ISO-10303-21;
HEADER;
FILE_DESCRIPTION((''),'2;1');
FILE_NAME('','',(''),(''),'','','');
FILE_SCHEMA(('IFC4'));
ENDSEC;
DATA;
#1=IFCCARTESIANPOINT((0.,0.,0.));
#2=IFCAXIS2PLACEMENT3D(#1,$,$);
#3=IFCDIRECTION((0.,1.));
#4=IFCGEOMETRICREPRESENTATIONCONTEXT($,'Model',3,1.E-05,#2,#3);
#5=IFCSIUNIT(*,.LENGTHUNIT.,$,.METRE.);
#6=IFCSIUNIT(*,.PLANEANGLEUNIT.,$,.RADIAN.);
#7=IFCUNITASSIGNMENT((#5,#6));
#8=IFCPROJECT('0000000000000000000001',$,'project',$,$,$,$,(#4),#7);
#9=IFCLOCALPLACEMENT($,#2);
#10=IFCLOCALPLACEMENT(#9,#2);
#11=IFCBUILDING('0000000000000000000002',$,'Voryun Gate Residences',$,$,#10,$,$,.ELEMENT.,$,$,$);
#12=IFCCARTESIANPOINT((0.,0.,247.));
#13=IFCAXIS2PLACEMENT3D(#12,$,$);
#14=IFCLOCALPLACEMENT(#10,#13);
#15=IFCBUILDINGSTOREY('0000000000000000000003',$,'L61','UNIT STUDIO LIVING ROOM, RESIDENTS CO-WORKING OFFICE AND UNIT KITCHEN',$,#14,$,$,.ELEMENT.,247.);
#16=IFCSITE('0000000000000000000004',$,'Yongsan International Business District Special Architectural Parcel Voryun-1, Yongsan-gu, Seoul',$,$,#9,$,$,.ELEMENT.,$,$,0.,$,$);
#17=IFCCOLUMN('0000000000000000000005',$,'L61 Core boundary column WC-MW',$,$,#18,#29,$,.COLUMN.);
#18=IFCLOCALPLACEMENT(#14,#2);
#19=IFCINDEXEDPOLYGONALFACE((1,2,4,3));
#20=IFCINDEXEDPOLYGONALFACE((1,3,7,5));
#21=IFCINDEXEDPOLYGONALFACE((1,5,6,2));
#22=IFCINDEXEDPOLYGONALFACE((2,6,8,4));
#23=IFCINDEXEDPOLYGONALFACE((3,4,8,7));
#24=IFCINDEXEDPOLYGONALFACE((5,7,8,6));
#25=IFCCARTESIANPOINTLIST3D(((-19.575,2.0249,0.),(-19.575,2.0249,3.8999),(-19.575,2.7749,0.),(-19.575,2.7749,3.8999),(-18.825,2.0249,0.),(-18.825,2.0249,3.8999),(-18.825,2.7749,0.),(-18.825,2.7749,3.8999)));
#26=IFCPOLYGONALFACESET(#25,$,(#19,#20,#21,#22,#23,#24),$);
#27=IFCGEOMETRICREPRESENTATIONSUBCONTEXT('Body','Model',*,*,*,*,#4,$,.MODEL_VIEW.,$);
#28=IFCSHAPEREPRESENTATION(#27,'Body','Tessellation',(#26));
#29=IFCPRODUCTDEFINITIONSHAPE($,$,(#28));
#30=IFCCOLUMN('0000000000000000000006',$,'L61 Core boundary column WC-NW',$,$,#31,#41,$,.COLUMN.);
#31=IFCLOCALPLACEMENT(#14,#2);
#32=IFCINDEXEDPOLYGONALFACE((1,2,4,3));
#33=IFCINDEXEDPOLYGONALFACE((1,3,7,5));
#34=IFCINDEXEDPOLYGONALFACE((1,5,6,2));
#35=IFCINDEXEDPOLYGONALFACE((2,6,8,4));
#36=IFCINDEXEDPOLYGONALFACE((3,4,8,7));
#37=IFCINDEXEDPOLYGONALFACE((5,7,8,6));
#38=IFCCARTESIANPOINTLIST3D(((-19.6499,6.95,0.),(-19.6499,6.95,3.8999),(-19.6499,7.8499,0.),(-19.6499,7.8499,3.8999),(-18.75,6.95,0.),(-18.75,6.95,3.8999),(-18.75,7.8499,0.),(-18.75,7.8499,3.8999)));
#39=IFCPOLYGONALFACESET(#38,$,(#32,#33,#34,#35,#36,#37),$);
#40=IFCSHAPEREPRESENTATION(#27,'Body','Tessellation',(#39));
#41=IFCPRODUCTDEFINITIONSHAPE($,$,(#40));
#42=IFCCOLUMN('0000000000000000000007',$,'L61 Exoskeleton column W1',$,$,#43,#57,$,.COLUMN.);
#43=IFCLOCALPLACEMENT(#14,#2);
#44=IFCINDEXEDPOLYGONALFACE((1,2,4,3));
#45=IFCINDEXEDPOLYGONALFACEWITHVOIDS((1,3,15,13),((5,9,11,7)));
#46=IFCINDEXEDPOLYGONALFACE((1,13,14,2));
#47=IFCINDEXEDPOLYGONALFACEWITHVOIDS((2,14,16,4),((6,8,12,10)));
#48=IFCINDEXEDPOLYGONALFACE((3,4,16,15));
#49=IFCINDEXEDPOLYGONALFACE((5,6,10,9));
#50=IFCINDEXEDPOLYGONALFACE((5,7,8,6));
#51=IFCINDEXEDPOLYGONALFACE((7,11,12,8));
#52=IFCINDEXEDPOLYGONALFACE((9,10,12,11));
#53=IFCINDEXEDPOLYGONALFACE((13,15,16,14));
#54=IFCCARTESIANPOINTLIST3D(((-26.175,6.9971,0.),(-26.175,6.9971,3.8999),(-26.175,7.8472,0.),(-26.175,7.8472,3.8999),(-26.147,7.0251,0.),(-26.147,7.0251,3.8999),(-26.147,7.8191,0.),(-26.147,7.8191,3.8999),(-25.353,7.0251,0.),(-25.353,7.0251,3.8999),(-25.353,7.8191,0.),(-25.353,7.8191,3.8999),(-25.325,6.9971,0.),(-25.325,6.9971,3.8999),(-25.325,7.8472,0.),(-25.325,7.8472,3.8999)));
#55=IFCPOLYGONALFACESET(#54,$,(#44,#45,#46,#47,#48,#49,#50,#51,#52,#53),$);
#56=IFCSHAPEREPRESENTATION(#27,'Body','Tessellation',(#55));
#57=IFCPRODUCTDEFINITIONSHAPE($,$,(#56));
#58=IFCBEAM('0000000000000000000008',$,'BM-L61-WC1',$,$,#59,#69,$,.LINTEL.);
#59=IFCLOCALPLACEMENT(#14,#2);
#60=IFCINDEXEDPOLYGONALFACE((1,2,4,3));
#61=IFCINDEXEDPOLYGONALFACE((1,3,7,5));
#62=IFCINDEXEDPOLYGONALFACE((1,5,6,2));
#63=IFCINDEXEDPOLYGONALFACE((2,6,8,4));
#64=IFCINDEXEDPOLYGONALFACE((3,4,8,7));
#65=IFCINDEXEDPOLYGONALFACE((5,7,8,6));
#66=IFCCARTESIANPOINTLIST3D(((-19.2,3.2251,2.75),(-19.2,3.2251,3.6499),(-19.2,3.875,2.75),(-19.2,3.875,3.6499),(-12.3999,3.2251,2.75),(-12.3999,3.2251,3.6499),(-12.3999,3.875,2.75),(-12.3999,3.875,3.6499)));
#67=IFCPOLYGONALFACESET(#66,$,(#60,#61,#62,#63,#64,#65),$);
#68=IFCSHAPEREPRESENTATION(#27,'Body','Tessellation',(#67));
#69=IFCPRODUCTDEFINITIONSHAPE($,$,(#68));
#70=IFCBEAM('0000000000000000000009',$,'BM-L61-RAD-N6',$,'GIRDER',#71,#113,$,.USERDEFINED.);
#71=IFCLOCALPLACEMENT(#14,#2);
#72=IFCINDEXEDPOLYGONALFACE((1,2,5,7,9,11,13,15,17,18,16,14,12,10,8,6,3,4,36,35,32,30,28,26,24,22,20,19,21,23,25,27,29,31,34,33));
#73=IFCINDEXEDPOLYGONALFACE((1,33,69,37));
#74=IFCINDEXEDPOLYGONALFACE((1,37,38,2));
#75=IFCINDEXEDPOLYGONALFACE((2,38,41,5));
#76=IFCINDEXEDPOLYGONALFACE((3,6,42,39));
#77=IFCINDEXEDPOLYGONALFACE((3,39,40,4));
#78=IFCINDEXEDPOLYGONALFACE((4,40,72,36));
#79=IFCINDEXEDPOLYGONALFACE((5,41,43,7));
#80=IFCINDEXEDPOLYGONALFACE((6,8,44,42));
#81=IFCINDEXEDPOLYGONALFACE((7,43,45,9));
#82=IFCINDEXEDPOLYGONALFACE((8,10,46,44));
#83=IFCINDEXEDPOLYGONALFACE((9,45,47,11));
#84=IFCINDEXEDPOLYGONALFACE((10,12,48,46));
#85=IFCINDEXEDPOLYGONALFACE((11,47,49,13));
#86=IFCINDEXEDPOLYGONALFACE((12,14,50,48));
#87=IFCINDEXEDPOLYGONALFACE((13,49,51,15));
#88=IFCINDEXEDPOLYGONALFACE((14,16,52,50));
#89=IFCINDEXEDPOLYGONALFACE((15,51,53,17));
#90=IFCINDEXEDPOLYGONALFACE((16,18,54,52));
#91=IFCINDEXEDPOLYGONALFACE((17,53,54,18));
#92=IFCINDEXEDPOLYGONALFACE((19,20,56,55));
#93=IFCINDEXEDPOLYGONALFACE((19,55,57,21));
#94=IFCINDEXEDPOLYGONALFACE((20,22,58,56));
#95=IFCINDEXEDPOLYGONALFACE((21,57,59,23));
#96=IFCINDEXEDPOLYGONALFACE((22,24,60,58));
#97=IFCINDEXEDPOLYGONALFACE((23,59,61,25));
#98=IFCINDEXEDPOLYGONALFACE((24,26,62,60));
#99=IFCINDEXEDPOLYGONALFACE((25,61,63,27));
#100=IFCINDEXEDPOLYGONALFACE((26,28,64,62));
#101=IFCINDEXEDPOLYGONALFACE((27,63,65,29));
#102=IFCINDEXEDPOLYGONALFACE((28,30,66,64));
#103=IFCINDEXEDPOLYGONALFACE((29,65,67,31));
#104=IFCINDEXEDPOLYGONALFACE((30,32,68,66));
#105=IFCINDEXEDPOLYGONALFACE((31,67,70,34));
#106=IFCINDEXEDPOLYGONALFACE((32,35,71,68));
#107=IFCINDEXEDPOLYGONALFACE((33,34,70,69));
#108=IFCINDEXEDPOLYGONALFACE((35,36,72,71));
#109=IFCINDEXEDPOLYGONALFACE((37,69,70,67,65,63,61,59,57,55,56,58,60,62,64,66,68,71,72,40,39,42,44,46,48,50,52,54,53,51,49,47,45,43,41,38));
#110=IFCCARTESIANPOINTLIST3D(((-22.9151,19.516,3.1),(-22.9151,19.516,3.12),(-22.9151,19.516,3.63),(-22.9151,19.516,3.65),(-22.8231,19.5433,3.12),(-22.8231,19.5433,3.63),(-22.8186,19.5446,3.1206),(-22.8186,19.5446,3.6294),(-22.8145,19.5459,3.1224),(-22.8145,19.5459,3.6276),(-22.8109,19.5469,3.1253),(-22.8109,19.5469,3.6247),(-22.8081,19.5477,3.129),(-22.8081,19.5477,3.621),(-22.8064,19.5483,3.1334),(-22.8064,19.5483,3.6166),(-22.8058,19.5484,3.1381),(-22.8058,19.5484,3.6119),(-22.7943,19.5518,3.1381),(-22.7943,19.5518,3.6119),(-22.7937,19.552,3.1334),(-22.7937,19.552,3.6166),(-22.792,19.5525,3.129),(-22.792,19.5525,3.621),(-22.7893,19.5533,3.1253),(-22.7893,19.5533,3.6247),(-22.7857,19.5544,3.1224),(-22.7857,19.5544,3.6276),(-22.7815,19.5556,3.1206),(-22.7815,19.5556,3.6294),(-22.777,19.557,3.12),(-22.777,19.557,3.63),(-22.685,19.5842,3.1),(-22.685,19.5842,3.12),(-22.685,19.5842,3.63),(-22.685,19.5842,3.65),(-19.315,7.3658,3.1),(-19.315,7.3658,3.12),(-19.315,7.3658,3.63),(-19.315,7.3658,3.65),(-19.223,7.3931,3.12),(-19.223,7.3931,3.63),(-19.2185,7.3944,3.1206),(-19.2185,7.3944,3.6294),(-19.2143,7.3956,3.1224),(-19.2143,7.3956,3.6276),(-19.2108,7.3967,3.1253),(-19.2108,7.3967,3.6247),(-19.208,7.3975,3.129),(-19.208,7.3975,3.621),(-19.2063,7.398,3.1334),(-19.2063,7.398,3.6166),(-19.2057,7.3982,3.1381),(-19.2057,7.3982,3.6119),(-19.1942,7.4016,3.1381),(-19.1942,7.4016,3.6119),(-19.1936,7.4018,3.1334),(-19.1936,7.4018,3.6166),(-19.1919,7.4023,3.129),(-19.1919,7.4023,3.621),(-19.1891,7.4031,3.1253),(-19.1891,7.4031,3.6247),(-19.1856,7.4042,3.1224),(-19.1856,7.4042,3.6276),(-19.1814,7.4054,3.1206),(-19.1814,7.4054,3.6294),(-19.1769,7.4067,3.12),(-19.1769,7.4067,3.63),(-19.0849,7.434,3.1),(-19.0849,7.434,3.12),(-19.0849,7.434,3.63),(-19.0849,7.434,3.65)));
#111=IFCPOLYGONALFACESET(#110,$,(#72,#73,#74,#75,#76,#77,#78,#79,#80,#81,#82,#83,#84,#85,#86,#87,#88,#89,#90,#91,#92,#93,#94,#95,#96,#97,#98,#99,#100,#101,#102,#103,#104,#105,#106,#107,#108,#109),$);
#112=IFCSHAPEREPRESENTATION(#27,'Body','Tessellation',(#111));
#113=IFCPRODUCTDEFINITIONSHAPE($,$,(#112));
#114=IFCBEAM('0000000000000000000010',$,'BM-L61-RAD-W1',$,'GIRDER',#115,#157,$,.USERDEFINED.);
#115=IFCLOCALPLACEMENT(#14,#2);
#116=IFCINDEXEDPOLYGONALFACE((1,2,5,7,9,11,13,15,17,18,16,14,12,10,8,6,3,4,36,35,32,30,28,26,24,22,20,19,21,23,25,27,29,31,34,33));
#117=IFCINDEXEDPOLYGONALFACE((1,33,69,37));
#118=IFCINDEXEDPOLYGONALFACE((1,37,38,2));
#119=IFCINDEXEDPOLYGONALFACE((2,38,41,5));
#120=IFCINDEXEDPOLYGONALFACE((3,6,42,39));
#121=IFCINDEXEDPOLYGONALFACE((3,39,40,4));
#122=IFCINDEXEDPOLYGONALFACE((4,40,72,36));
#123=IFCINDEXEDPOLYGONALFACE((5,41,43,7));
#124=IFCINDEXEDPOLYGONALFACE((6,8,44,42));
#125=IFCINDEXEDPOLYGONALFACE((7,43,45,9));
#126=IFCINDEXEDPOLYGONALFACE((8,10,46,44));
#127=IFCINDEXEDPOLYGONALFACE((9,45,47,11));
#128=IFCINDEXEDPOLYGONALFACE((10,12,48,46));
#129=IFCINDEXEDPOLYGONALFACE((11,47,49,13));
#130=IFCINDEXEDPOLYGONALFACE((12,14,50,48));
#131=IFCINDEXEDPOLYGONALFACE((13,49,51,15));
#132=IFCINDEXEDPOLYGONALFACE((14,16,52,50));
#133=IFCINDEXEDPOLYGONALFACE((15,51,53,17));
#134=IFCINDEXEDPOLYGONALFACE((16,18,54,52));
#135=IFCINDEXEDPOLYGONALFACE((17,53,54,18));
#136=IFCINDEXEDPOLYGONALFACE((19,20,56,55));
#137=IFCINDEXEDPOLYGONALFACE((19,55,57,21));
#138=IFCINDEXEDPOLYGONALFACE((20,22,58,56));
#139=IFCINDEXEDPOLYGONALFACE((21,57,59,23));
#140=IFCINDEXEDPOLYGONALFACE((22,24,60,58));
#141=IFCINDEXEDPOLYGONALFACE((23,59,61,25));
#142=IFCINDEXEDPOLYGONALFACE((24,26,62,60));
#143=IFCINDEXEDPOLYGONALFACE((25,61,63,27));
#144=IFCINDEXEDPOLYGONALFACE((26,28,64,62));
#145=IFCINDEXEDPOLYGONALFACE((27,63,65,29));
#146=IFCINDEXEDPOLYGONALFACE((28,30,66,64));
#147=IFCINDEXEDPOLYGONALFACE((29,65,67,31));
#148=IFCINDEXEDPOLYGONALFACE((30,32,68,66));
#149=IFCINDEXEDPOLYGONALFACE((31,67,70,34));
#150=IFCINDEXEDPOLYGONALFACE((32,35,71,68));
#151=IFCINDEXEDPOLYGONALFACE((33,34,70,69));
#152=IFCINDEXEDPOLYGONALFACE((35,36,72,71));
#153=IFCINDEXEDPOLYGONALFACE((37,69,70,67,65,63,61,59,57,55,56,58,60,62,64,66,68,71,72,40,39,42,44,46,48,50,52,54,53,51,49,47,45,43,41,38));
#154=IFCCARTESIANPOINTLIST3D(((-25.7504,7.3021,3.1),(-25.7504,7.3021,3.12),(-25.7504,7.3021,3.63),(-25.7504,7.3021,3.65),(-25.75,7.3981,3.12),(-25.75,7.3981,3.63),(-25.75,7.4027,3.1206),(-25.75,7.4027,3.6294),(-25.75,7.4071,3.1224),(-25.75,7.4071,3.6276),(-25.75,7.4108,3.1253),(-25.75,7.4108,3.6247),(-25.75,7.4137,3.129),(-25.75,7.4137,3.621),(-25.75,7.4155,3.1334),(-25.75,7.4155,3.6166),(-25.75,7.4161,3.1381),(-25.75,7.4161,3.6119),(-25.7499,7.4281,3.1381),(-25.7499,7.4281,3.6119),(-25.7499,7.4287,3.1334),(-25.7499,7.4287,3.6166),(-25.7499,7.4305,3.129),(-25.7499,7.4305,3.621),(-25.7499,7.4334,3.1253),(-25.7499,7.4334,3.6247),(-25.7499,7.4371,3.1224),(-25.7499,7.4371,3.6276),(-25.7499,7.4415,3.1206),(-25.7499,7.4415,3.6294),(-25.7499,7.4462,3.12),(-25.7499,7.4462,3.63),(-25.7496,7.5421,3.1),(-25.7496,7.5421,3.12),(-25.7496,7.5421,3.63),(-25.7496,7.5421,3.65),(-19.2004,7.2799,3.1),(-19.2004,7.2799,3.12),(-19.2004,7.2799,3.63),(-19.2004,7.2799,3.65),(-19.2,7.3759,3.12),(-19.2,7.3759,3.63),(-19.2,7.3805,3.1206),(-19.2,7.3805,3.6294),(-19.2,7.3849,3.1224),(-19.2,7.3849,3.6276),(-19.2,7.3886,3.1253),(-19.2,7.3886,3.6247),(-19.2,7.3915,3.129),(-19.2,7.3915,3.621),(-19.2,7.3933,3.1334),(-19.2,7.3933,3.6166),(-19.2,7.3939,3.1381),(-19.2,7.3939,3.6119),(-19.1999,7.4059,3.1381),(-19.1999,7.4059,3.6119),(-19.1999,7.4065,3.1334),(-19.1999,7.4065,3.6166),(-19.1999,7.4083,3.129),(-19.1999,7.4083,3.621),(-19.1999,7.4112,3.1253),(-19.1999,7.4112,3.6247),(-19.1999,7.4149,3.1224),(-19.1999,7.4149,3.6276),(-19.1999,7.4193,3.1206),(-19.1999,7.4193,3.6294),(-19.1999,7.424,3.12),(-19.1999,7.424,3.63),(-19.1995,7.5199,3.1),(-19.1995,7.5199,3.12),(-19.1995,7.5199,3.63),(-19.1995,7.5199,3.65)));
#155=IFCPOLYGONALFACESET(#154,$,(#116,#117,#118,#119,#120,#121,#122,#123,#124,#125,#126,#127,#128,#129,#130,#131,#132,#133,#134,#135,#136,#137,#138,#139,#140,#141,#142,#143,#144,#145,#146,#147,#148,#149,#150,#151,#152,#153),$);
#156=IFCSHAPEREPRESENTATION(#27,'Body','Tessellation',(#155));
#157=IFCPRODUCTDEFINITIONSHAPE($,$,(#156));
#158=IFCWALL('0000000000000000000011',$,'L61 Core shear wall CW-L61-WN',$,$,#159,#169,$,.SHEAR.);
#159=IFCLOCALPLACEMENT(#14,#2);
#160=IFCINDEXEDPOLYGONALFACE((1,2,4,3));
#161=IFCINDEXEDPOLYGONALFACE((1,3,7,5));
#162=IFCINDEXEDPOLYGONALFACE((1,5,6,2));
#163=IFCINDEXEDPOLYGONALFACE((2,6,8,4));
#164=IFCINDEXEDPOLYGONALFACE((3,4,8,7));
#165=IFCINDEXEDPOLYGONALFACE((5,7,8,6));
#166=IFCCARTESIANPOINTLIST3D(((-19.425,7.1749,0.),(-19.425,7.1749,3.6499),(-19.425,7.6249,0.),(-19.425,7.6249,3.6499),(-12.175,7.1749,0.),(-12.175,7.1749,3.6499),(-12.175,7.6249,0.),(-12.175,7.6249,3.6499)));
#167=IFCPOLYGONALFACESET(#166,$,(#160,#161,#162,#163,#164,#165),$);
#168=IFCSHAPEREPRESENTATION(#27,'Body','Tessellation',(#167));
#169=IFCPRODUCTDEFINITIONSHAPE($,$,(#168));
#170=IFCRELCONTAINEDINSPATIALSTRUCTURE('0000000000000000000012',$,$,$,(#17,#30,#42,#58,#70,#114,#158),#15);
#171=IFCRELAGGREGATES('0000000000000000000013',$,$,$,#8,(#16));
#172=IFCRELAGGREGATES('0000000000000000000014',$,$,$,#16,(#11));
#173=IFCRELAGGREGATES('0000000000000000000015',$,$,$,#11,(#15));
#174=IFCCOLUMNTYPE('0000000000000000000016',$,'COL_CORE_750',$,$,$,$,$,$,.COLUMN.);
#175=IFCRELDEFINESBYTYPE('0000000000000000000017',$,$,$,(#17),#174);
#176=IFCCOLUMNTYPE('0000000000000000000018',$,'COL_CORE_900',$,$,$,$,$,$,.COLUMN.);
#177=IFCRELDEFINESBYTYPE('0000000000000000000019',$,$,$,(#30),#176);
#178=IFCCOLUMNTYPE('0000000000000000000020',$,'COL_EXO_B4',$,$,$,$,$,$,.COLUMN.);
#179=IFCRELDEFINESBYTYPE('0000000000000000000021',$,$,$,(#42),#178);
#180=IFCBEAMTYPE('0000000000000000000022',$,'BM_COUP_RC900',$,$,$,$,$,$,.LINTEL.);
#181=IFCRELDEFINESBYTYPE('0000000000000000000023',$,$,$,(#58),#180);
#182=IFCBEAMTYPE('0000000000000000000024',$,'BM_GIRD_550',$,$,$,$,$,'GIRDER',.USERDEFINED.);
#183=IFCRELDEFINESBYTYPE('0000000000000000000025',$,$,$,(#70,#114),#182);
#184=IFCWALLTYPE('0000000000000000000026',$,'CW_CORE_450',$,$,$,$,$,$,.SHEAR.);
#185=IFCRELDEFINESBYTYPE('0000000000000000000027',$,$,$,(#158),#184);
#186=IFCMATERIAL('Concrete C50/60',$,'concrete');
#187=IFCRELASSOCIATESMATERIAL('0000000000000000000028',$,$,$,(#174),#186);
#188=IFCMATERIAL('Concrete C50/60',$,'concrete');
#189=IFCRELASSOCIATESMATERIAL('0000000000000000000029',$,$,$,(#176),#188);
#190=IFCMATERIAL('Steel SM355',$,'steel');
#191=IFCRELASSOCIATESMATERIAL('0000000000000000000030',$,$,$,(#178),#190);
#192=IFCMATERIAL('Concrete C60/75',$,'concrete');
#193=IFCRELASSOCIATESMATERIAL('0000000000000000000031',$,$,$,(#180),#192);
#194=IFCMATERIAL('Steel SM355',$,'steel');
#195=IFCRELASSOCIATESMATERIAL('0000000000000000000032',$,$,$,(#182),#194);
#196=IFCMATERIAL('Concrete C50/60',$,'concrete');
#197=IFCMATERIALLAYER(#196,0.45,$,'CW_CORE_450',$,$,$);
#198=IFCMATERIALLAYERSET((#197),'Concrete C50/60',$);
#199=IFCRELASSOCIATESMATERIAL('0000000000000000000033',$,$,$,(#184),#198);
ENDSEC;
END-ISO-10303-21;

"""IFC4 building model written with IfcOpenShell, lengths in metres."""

from ifc_helpers import new_model, si_unit, direction, frame, frame_2d, origin, origin_2d, place, context, subcontext, project, spatial, rectangle, hollow_rectangle, i_section, extrude, material, layer, layer_set, material_profile, profile_set, type_object, element, save


model = new_model("IFC4")

# Units and contexts
model_context = context("Model", 3, precision=1e-05, world=origin(), true_north=direction((0.0, 1.0)))
body_context = subcontext(model_context, "Body", "Model", "MODEL_VIEW")
ifc_project = project(units=[si_unit("LENGTHUNIT", "METRE"), si_unit("PLANEANGLEUNIT", "RADIAN")], contexts=[model_context])

# Site, building, storey
site_placement = place(None, origin())
site = spatial("IfcSite", under=ifc_project, at=site_placement, Name="Yongsan International Business District Special Architectural Parcel Voryun-1, Yongsan-gu, Seoul", CompositionType="ELEMENT", RefElevation=0.0)
building_placement = place(site_placement, origin())
building = spatial("IfcBuilding", under=site, at=building_placement, Name="Voryun Gate Residences", CompositionType="ELEMENT")
storey_placement = place(building_placement, frame((0.0, 0.0, 247.0)))
storey = spatial("IfcBuildingStorey", under=building, at=storey_placement, Name="L61", Description="UNIT STUDIO LIVING ROOM, RESIDENTS CO-WORKING OFFICE AND UNIT KITCHEN", CompositionType="ELEMENT", Elevation=247.0)

# Columns
ifc_material_1 = material(Name="Concrete C50/60", Category="concrete")
ifc_material_profile_1 = material_profile(ifc_material_1, rectangle(XDim=0.75, YDim=0.75, at=origin_2d()), Name="RC-750x750")
ifc_profile_set_1 = profile_set([ifc_material_profile_1], Name="Concrete C50/60")
column_type_1 = type_object("IfcColumnType", Name="COL_CORE_750", PredefinedType="COLUMN", material=ifc_profile_set_1)
column_1_placement = place(storey_placement, frame((-19.2, 2.3999, 0.0), z_axis=(0.0, 0.0, 1.0), x_axis=(1.0, 0.0, 0.0)))
element("IfcColumn", 1, at=column_1_placement, inside=storey, type_object=column_type_1, Name="L61 Core boundary column WC-MW", PredefinedType="COLUMN", context=body_context, shape_type="SweptSolid", body=[
    extrude(rectangle(XDim=0.75, YDim=0.75, at=origin_2d()), origin(), (0.0, 0.0, 1.0), 3.8999),
])
ifc_material_2 = material(Name="Concrete C50/60", Category="concrete")
ifc_material_profile_2 = material_profile(ifc_material_2, rectangle(XDim=0.8999, YDim=0.8999, at=origin_2d()), Name="RC-900x900")
ifc_profile_set_2 = profile_set([ifc_material_profile_2], Name="Concrete C50/60")
column_type_2 = type_object("IfcColumnType", Name="COL_CORE_900", PredefinedType="COLUMN", material=ifc_profile_set_2)
column_2_placement = place(storey_placement, frame((-19.2, 7.3999, 0.0), z_axis=(0.0, 0.0, 1.0), x_axis=(1.0, 0.0, 0.0)))
element("IfcColumn", 2, at=column_2_placement, inside=storey, type_object=column_type_2, Name="L61 Core boundary column WC-NW", PredefinedType="COLUMN", context=body_context, shape_type="SweptSolid", body=[
    extrude(rectangle(XDim=0.8999, YDim=0.8999, at=origin_2d()), origin(), (0.0, 0.0, 1.0), 3.8999),
])
ifc_material_3 = material(Name="Steel SM355", Category="steel")
ifc_material_profile_3 = material_profile(ifc_material_3, hollow_rectangle(XDim=0.8501, YDim=0.8501, WallThickness=0.0281, at=origin_2d()), Name="BOX-850x850x28")
ifc_profile_set_3 = profile_set([ifc_material_profile_3], Name="Steel SM355")
column_type_3 = type_object("IfcColumnType", Name="COL_EXO_B4", PredefinedType="COLUMN", material=ifc_profile_set_3)
column_3_placement = place(storey_placement, frame((-25.75, 7.4221, 0.0), z_axis=(0.0, 0.0, 1.0), x_axis=(1.0, 0.0, 0.0)))
element("IfcColumn", 3, at=column_3_placement, inside=storey, type_object=column_type_3, Name="L61 Exoskeleton column W1", PredefinedType="COLUMN", context=body_context, shape_type="SweptSolid", body=[
    extrude(hollow_rectangle(XDim=0.8501, YDim=0.8501, WallThickness=0.0281, at=origin_2d()), origin(), (0.0, 0.0, 1.0), 3.8999),
])

# Beams
ifc_material_4 = material(Name="Concrete C60/75", Category="concrete")
ifc_material_profile_4 = material_profile(ifc_material_4, rectangle(XDim=0.6499, YDim=0.8999, at=origin_2d()), Name="RC-650x900")
ifc_profile_set_4 = profile_set([ifc_material_profile_4], Name="Concrete C60/75")
beam_type_1 = type_object("IfcBeamType", Name="BM_COUP_RC900", PredefinedType="LINTEL", material=ifc_profile_set_4)
beam_1_placement = place(storey_placement, frame((-19.2, 3.55, 3.2), z_axis=(1.0, 0.0, 0.0), x_axis=(0.0, 1.0, 0.0)))
element("IfcBeam", 4, at=beam_1_placement, inside=storey, type_object=beam_type_1, Name="BM-L61-WC1", PredefinedType="LINTEL", context=body_context, shape_type="SweptSolid", body=[
    extrude(rectangle(XDim=0.6499, YDim=0.8999, at=origin_2d()), origin(), (0.0, 0.0, 1.0), 6.8),
])
ifc_material_5 = material(Name="Steel SM355", Category="steel")
ifc_material_profile_5 = material_profile(ifc_material_5, i_section(OverallWidth=0.24, OverallDepth=0.55, WebThickness=0.012, FlangeThickness=0.02, FilletRadius=0.0181, at=origin_2d()), Name="H-550x240x12x20")
ifc_profile_set_5 = profile_set([ifc_material_profile_5], Name="Steel SM355")
beam_type_2 = type_object("IfcBeamType", Name="BM_GIRD_550", ElementType="GIRDER", PredefinedType="USERDEFINED", material=ifc_profile_set_5)
beam_2_placement = place(storey_placement, frame((-19.2, 7.3999, 3.375), z_axis=(-0.284092, 0.958797, 0.0), x_axis=(-0.958797, -0.284092, 0.0)))
element("IfcBeam", 5, at=beam_2_placement, inside=storey, type_object=beam_type_2, Name="BM-L61-RAD-N6", ObjectType="GIRDER", PredefinedType="USERDEFINED", context=body_context, shape_type="SweptSolid", body=[
    extrude(i_section(OverallWidth=0.24, OverallDepth=0.55, WebThickness=0.012, FlangeThickness=0.02, FilletRadius=0.0181, at=origin_2d()), origin(), (0.0, 0.0, 1.0), 12.6724),
])
beam_3_placement = place(storey_placement, frame((-19.2, 7.3999, 3.375), z_axis=(-0.999994, 0.003392, 0.0), x_axis=(-0.003392, -0.999994, 0.0)))
element("IfcBeam", 6, at=beam_3_placement, inside=storey, type_object=beam_type_2, Name="BM-L61-RAD-W1", ObjectType="GIRDER", PredefinedType="USERDEFINED", context=body_context, shape_type="SweptSolid", body=[
    extrude(i_section(OverallWidth=0.24, OverallDepth=0.55, WebThickness=0.012, FlangeThickness=0.02, FilletRadius=0.0181, at=origin_2d()), origin(), (0.0, 0.0, 1.0), 6.55),
])

# Wall
ifc_material_6 = material(Name="Concrete C50/60", Category="concrete")
ifc_layer_1 = layer(ifc_material_6, 0.45, Name="CW_CORE_450")
ifc_layer_set_1 = layer_set([ifc_layer_1], Name="Concrete C50/60")
wall_type_1 = type_object("IfcWallType", Name="CW_CORE_450", PredefinedType="SHEAR", material=ifc_layer_set_1)
wall_1_placement = place(storey_placement, frame((-19.425, 7.3999, 0.0), z_axis=(0.0, 0.0, 1.0), x_axis=(1.0, 0.0, 0.0)))
element("IfcWall", 7, at=wall_1_placement, inside=storey, type_object=wall_type_1, Name="L61 Core shear wall CW-L61-WN", PredefinedType="SHEAR", context=body_context, shape_type="SweptSolid", body=[
    extrude(rectangle(XDim=7.25, YDim=0.45, at=frame_2d((3.625, 0.0))), origin(), (0.0, 0.0, 1.0), 3.6499),
])

save(model, "model.ifc")
